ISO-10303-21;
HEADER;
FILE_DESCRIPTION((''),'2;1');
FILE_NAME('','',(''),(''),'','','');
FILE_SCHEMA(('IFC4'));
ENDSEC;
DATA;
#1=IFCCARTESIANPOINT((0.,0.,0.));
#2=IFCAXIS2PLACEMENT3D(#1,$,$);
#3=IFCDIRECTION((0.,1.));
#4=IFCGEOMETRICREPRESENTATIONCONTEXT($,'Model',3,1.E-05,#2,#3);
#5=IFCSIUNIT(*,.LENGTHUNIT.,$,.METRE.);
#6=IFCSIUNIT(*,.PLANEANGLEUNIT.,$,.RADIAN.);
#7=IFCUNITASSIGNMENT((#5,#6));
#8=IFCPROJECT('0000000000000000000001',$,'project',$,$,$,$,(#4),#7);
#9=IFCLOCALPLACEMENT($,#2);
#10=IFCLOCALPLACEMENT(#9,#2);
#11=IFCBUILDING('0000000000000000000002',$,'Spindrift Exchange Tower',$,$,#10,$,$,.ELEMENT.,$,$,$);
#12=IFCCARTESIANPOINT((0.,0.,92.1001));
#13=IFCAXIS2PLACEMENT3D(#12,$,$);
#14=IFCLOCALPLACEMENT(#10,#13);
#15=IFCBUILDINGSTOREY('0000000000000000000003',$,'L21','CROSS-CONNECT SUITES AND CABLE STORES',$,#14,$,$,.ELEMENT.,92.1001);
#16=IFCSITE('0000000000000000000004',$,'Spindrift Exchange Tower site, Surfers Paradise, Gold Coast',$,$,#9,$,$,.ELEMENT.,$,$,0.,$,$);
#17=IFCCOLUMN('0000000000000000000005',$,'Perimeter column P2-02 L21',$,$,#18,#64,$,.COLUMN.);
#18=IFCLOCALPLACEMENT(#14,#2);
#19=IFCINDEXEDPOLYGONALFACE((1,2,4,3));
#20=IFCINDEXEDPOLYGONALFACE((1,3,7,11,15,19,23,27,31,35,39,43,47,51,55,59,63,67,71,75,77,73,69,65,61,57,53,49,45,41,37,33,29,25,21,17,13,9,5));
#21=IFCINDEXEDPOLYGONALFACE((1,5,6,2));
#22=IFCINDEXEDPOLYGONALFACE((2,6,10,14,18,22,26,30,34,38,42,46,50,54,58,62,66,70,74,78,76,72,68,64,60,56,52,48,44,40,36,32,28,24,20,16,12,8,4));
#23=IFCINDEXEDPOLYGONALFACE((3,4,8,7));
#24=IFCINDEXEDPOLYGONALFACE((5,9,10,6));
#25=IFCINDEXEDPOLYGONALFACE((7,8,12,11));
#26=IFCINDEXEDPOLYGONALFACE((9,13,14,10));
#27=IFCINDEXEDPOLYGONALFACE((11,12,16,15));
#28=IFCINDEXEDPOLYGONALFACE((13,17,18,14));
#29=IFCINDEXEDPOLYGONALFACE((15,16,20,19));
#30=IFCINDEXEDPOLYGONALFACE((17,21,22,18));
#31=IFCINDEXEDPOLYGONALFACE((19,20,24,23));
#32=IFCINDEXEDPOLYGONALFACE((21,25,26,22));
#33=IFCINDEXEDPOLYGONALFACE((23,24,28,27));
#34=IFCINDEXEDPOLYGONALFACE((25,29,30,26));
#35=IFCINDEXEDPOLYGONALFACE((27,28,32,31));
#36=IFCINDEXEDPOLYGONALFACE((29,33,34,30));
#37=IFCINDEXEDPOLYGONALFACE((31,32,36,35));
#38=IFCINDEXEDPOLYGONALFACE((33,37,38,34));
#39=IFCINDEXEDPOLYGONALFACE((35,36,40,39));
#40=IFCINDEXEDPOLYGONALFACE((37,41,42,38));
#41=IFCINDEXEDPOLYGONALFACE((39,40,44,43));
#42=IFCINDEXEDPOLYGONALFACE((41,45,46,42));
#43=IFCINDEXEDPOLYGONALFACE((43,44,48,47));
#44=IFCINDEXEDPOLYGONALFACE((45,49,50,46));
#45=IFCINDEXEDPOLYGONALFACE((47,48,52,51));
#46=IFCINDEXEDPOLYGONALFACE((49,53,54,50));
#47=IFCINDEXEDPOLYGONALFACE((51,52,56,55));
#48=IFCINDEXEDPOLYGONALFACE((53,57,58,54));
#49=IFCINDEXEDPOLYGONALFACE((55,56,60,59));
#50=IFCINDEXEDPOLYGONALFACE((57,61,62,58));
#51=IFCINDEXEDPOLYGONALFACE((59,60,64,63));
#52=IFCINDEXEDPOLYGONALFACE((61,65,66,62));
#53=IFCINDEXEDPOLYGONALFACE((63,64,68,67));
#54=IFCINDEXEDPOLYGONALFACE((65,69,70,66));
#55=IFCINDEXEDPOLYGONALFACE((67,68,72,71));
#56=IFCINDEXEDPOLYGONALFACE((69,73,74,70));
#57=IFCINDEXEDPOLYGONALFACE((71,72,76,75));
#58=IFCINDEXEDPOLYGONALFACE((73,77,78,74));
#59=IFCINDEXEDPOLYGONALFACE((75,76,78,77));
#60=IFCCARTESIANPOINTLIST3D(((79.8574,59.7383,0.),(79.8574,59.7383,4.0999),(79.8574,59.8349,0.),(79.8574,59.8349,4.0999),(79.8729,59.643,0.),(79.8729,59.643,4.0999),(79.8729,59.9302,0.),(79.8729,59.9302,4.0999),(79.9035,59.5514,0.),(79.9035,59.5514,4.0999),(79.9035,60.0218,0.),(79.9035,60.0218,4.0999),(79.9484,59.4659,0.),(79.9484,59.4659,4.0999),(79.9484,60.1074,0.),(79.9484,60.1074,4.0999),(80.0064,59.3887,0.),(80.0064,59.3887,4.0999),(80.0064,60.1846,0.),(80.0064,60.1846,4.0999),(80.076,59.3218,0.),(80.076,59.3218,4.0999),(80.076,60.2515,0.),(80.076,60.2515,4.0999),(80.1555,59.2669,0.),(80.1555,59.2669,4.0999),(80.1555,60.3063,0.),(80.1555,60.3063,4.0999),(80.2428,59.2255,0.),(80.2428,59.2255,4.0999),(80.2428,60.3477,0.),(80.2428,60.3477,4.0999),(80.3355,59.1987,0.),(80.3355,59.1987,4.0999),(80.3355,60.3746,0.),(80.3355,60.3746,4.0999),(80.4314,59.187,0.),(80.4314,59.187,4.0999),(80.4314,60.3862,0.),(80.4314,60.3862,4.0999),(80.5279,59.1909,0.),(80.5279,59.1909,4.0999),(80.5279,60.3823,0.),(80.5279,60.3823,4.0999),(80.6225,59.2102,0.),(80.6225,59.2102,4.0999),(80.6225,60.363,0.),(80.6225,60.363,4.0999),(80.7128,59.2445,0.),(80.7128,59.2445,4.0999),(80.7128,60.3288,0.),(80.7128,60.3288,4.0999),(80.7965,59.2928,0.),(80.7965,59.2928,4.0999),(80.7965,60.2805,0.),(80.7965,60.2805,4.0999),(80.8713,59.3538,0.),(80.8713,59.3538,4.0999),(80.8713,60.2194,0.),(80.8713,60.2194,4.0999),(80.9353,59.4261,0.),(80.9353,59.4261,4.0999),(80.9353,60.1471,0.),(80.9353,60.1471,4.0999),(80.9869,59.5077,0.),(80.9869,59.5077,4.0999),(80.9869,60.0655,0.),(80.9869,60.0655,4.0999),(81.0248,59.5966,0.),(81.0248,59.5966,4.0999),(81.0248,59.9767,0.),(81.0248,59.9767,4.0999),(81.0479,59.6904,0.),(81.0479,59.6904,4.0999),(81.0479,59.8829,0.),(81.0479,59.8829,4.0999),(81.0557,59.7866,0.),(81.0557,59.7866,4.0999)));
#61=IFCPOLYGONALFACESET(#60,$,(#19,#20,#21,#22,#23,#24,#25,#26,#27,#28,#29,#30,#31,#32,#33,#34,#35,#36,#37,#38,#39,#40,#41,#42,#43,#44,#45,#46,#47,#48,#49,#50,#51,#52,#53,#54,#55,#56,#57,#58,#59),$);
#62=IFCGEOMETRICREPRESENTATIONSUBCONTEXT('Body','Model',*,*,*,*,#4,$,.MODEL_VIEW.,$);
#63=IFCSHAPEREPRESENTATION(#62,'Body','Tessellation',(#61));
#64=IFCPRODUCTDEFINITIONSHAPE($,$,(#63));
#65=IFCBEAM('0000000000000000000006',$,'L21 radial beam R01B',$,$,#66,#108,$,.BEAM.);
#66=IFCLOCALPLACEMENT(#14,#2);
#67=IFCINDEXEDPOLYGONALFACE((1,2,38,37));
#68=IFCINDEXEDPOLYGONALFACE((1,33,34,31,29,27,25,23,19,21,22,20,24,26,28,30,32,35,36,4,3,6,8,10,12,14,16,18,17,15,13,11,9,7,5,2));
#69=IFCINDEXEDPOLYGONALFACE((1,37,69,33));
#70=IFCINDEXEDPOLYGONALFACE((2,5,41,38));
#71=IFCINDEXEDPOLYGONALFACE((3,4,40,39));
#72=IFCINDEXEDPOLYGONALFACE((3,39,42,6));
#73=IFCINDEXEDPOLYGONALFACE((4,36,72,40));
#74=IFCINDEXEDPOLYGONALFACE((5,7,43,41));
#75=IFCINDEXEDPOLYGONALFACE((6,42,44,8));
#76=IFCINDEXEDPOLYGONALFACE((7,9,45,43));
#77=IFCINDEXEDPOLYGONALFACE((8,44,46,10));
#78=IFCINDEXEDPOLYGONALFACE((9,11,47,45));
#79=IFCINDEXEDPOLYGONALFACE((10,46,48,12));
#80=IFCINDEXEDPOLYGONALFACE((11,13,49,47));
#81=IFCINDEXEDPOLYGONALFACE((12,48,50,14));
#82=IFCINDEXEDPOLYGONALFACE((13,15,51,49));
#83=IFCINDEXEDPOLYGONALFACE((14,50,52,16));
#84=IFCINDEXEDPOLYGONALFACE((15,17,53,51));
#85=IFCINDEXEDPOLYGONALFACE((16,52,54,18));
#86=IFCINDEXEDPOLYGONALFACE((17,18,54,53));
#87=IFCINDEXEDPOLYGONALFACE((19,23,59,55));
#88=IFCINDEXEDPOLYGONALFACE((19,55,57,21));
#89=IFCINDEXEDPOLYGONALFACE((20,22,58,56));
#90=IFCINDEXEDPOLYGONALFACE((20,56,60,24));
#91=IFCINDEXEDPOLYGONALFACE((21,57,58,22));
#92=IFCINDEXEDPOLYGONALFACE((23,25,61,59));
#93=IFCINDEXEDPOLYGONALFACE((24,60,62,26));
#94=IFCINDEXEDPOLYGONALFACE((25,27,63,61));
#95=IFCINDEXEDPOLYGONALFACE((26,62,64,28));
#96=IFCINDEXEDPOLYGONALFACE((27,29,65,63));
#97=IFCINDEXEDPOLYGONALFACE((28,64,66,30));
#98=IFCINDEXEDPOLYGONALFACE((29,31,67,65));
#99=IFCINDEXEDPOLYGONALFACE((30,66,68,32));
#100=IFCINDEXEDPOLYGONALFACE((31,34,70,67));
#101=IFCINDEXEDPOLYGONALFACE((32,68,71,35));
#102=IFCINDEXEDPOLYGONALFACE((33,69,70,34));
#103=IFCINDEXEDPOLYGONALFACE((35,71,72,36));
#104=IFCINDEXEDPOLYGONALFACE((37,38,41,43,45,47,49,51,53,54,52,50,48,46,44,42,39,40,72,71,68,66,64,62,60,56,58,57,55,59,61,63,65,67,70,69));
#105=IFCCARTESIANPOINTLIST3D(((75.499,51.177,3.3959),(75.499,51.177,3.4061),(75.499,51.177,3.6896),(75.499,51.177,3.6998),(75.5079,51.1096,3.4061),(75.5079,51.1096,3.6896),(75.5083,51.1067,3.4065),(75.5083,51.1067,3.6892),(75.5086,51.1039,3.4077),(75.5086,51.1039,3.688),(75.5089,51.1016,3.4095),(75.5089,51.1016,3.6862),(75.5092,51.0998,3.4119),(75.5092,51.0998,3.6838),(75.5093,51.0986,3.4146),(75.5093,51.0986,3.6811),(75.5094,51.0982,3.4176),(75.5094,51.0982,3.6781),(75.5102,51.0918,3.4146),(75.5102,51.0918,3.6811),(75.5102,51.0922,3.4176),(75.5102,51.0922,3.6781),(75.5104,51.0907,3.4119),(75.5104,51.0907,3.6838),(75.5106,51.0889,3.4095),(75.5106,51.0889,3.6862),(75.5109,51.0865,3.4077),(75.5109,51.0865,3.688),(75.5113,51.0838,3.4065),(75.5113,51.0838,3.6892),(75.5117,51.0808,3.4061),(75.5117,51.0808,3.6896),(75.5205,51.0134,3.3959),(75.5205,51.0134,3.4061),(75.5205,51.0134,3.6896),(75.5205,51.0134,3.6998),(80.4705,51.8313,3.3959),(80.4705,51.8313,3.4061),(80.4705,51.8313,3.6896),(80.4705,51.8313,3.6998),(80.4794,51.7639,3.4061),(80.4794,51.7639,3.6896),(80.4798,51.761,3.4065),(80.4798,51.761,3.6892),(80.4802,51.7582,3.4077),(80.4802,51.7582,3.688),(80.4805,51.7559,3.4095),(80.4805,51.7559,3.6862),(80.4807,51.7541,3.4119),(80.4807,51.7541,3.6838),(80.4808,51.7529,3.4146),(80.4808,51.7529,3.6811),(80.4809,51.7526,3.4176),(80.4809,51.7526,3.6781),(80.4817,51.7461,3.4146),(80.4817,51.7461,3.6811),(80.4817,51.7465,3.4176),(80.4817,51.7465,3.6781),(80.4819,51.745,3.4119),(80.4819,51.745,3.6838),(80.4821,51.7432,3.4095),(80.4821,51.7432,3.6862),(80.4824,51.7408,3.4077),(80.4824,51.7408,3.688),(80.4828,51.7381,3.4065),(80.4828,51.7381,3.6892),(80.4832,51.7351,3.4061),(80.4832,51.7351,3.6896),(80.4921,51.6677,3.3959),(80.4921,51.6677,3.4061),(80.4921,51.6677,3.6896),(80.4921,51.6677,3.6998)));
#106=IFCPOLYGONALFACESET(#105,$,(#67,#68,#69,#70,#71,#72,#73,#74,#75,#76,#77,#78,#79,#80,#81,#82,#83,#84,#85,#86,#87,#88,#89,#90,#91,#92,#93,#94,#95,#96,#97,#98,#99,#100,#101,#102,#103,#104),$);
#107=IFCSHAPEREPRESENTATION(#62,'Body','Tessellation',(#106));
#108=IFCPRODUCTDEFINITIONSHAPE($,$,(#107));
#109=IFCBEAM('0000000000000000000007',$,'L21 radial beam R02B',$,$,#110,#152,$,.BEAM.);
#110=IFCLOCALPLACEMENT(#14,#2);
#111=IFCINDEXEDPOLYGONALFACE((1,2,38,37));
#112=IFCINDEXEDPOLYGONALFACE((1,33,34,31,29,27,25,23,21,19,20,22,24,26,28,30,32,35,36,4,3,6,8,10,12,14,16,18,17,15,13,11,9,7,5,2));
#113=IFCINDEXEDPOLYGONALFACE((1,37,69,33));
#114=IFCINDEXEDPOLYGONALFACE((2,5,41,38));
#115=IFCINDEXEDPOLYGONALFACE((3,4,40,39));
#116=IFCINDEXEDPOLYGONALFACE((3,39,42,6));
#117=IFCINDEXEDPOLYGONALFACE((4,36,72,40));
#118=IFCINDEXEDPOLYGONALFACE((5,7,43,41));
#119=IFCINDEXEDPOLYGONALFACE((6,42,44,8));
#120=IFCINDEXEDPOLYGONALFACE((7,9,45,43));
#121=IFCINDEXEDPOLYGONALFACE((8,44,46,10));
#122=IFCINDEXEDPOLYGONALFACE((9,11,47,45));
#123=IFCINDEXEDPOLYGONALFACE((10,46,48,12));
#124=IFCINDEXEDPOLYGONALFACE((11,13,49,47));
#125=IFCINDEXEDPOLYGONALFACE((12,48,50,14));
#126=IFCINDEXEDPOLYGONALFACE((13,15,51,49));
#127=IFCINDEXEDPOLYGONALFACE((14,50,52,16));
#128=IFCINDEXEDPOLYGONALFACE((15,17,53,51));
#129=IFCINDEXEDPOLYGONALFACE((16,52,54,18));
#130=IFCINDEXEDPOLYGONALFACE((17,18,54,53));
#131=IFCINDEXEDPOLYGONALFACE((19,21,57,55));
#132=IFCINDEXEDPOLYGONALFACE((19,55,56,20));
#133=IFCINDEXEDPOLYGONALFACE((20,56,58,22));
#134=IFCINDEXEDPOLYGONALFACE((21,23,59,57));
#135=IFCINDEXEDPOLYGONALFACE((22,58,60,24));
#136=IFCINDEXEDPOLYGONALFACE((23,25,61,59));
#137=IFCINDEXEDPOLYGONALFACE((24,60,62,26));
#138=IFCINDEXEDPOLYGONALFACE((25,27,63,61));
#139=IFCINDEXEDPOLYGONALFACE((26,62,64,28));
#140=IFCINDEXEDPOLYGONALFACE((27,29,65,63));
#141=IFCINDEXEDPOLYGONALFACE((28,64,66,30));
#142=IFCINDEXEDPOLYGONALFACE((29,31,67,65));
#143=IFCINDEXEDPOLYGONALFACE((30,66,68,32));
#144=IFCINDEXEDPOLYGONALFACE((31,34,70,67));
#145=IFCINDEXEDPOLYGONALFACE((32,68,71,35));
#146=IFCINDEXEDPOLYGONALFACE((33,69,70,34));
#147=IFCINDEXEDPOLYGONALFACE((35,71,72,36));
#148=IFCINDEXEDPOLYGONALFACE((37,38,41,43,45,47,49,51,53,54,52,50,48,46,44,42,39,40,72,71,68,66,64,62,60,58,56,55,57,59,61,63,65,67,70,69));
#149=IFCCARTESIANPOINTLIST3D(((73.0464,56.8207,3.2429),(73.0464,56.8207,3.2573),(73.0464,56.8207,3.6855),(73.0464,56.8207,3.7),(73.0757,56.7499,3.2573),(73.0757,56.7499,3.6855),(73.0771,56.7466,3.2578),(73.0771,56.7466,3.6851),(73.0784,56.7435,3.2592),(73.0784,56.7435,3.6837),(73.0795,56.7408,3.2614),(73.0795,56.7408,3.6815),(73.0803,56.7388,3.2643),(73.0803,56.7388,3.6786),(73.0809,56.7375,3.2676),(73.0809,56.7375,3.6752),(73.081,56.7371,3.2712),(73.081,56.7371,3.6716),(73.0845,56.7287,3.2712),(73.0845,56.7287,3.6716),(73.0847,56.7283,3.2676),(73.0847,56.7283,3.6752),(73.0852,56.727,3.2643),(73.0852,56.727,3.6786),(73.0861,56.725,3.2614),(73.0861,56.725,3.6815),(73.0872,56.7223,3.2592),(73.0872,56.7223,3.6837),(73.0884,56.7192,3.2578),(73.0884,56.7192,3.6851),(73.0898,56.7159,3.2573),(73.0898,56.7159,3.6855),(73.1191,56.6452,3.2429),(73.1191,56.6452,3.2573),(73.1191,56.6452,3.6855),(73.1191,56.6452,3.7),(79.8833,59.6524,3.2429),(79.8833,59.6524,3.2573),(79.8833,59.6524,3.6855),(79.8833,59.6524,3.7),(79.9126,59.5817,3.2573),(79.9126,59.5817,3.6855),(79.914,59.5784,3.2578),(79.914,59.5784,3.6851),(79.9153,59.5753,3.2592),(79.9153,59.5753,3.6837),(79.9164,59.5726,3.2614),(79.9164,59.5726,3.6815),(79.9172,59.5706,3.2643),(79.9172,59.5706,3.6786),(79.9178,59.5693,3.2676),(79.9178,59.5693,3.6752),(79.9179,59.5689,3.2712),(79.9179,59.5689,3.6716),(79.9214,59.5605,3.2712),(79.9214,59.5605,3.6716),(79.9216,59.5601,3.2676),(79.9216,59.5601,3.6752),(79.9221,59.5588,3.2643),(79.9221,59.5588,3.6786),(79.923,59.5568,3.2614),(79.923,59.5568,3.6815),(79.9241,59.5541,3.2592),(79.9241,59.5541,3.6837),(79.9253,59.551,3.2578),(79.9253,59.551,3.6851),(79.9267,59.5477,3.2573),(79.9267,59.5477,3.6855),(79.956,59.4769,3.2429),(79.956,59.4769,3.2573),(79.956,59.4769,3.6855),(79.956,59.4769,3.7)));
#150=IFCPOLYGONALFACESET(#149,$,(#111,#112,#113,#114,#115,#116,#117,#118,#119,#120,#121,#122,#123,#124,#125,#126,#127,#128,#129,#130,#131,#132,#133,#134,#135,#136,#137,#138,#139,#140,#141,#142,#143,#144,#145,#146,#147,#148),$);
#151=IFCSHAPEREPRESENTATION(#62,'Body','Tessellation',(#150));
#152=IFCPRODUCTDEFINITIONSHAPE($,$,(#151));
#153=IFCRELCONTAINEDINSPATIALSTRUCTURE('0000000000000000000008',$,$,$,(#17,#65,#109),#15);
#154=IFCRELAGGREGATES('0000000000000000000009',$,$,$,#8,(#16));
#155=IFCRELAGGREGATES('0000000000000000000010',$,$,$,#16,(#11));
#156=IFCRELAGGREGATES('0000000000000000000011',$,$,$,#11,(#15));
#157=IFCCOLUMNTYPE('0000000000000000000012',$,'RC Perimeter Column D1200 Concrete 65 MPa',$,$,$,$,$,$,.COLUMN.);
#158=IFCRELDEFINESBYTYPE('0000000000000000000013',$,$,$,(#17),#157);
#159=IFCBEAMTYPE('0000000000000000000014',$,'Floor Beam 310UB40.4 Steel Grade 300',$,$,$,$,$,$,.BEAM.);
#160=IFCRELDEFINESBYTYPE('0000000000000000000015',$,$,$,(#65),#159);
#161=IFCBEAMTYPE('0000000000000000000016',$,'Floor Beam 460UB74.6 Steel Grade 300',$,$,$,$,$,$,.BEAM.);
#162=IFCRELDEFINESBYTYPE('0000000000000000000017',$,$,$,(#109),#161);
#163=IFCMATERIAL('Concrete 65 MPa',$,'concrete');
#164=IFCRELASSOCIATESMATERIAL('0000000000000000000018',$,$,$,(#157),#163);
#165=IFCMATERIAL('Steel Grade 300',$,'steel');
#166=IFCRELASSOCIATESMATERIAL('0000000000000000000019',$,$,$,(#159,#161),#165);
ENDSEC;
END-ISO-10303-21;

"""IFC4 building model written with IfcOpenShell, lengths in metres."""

from ifc_helpers import new_model, si_unit, direction, frame, origin, origin_2d, place, context, subcontext, project, spatial, circle, i_section, extrude, source, transform, mapped, material, material_profile, profile_set, type_object, element, save


model = new_model("IFC4")

# Units and contexts
model_context = context("Model", 3, precision=1e-05, world=origin(), true_north=direction((0.0, 1.0)))
body_context = subcontext(model_context, "Body", "Model", "MODEL_VIEW")
ifc_project = project(units=[si_unit("LENGTHUNIT", "METRE"), si_unit("PLANEANGLEUNIT", "RADIAN")], contexts=[model_context])

# Site, building, storey
site_placement = place(None, origin())
site = spatial("IfcSite", under=ifc_project, at=site_placement, Name="Spindrift Exchange Tower site, Surfers Paradise, Gold Coast", CompositionType="ELEMENT", RefElevation=0.0)
building_placement = place(site_placement, origin())
building = spatial("IfcBuilding", under=site, at=building_placement, Name="Spindrift Exchange Tower", CompositionType="ELEMENT")
storey_placement = place(building_placement, frame((0.0, 0.0, 92.1001)))
storey = spatial("IfcBuildingStorey", under=building, at=storey_placement, Name="L21", Description="CROSS-CONNECT SUITES AND CABLE STORES", CompositionType="ELEMENT", Elevation=92.1001)

# Column
ifc_material_1 = material(Name="Concrete 65 MPa", Category="concrete")
ifc_material_profile_1 = material_profile(ifc_material_1, circle(Radius=0.6001, at=origin_2d()), Name="RC D1200")
ifc_profile_set_1 = profile_set([ifc_material_profile_1], Name="Concrete 65 MPa")
column_type_1 = type_object("IfcColumnType", Name="RC Perimeter Column D1200 Concrete 65 MPa", PredefinedType="COLUMN", material=ifc_profile_set_1)
shared_shape_1 = source(origin(), body_context, "Body", "SweptSolid", [
    extrude(circle(Radius=0.6001, at=origin_2d()), origin(), (0.0, 0.0, 1.0), 4.0999),
])
for number, where, z_axis, x_axis, name in (
    (1, (80.4556, 59.7866, 0.0), (0.0, 0.0, 1.0), (1.0, 0.0, 0.0), "Perimeter column P2-02 L21"),
):
    element("IfcColumn", number, at=place(storey_placement, frame(where, z_axis=z_axis, x_axis=x_axis)), inside=storey, type_object=column_type_1, Name=name, PredefinedType="COLUMN", context=body_context, shape_type="MappedRepresentation", body=[
        mapped(shared_shape_1, transform((0.0, 0.0, 0.0), scale=1.0)),
    ])

# Beams
ifc_material_2 = material(Name="Steel Grade 300", Category="steel")
ifc_material_profile_2 = material_profile(ifc_material_2, i_section(OverallWidth=0.165, OverallDepth=0.304, WebThickness=0.0061, FlangeThickness=0.0103, FilletRadius=0.0115, at=origin_2d()), Name="310UB40.4")
ifc_profile_set_2 = profile_set([ifc_material_profile_2], Name="Steel Grade 300")
beam_type_1 = type_object("IfcBeamType", Name="Floor Beam 310UB40.4 Steel Grade 300", PredefinedType="BEAM", material=ifc_profile_set_2)
shared_shape_2 = source(origin(), body_context, "Body", "SweptSolid", [
    extrude(i_section(OverallWidth=0.165, OverallDepth=0.304, WebThickness=0.0061, FlangeThickness=0.0103, FilletRadius=0.0115, at=origin_2d()), origin(), (0.0, 0.0, 1.0), 5.0144),
])
beam_1_placement = place(storey_placement, frame((75.5098, 51.0952, 3.5479), z_axis=(0.99145, 0.130486, 0.0), x_axis=(-0.130486, 0.99145, 0.0)))
element("IfcBeam", 2, at=beam_1_placement, inside=storey, type_object=beam_type_1, Name="L21 radial beam R01B", PredefinedType="BEAM", context=body_context, shape_type="MappedRepresentation", body=[
    mapped(shared_shape_2, transform((0.0, 0.0, 0.0), scale=1.0)),
])
ifc_material_profile_3 = material_profile(ifc_material_2, i_section(OverallWidth=0.1899, OverallDepth=0.457, WebThickness=0.009, FlangeThickness=0.0144, FilletRadius=0.0139, at=origin_2d()), Name="460UB74.6")
ifc_profile_set_3 = profile_set([ifc_material_profile_3], Name="Steel Grade 300")
beam_type_2 = type_object("IfcBeamType", Name="Floor Beam 460UB74.6 Steel Grade 300", PredefinedType="BEAM", material=ifc_profile_set_3)
shared_shape_3 = source(origin(), body_context, "Body", "SweptSolid", [
    extrude(i_section(OverallWidth=0.1899, OverallDepth=0.457, WebThickness=0.009, FlangeThickness=0.0144, FilletRadius=0.0139, at=origin_2d()), origin(), (0.0, 0.0, 1.0), 7.4001),
])
beam_2_placement = place(storey_placement, frame((73.0828, 56.7329, 3.4714), z_axis=(0.923887, 0.382666, 0.0), x_axis=(-0.382666, 0.923887, 0.0)))
element("IfcBeam", 3, at=beam_2_placement, inside=storey, type_object=beam_type_2, Name="L21 radial beam R02B", PredefinedType="BEAM", context=body_context, shape_type="MappedRepresentation", body=[
    mapped(shared_shape_3, transform((0.0, 0.0, 0.0), scale=1.0)),
])

save(model, "model.ifc")
